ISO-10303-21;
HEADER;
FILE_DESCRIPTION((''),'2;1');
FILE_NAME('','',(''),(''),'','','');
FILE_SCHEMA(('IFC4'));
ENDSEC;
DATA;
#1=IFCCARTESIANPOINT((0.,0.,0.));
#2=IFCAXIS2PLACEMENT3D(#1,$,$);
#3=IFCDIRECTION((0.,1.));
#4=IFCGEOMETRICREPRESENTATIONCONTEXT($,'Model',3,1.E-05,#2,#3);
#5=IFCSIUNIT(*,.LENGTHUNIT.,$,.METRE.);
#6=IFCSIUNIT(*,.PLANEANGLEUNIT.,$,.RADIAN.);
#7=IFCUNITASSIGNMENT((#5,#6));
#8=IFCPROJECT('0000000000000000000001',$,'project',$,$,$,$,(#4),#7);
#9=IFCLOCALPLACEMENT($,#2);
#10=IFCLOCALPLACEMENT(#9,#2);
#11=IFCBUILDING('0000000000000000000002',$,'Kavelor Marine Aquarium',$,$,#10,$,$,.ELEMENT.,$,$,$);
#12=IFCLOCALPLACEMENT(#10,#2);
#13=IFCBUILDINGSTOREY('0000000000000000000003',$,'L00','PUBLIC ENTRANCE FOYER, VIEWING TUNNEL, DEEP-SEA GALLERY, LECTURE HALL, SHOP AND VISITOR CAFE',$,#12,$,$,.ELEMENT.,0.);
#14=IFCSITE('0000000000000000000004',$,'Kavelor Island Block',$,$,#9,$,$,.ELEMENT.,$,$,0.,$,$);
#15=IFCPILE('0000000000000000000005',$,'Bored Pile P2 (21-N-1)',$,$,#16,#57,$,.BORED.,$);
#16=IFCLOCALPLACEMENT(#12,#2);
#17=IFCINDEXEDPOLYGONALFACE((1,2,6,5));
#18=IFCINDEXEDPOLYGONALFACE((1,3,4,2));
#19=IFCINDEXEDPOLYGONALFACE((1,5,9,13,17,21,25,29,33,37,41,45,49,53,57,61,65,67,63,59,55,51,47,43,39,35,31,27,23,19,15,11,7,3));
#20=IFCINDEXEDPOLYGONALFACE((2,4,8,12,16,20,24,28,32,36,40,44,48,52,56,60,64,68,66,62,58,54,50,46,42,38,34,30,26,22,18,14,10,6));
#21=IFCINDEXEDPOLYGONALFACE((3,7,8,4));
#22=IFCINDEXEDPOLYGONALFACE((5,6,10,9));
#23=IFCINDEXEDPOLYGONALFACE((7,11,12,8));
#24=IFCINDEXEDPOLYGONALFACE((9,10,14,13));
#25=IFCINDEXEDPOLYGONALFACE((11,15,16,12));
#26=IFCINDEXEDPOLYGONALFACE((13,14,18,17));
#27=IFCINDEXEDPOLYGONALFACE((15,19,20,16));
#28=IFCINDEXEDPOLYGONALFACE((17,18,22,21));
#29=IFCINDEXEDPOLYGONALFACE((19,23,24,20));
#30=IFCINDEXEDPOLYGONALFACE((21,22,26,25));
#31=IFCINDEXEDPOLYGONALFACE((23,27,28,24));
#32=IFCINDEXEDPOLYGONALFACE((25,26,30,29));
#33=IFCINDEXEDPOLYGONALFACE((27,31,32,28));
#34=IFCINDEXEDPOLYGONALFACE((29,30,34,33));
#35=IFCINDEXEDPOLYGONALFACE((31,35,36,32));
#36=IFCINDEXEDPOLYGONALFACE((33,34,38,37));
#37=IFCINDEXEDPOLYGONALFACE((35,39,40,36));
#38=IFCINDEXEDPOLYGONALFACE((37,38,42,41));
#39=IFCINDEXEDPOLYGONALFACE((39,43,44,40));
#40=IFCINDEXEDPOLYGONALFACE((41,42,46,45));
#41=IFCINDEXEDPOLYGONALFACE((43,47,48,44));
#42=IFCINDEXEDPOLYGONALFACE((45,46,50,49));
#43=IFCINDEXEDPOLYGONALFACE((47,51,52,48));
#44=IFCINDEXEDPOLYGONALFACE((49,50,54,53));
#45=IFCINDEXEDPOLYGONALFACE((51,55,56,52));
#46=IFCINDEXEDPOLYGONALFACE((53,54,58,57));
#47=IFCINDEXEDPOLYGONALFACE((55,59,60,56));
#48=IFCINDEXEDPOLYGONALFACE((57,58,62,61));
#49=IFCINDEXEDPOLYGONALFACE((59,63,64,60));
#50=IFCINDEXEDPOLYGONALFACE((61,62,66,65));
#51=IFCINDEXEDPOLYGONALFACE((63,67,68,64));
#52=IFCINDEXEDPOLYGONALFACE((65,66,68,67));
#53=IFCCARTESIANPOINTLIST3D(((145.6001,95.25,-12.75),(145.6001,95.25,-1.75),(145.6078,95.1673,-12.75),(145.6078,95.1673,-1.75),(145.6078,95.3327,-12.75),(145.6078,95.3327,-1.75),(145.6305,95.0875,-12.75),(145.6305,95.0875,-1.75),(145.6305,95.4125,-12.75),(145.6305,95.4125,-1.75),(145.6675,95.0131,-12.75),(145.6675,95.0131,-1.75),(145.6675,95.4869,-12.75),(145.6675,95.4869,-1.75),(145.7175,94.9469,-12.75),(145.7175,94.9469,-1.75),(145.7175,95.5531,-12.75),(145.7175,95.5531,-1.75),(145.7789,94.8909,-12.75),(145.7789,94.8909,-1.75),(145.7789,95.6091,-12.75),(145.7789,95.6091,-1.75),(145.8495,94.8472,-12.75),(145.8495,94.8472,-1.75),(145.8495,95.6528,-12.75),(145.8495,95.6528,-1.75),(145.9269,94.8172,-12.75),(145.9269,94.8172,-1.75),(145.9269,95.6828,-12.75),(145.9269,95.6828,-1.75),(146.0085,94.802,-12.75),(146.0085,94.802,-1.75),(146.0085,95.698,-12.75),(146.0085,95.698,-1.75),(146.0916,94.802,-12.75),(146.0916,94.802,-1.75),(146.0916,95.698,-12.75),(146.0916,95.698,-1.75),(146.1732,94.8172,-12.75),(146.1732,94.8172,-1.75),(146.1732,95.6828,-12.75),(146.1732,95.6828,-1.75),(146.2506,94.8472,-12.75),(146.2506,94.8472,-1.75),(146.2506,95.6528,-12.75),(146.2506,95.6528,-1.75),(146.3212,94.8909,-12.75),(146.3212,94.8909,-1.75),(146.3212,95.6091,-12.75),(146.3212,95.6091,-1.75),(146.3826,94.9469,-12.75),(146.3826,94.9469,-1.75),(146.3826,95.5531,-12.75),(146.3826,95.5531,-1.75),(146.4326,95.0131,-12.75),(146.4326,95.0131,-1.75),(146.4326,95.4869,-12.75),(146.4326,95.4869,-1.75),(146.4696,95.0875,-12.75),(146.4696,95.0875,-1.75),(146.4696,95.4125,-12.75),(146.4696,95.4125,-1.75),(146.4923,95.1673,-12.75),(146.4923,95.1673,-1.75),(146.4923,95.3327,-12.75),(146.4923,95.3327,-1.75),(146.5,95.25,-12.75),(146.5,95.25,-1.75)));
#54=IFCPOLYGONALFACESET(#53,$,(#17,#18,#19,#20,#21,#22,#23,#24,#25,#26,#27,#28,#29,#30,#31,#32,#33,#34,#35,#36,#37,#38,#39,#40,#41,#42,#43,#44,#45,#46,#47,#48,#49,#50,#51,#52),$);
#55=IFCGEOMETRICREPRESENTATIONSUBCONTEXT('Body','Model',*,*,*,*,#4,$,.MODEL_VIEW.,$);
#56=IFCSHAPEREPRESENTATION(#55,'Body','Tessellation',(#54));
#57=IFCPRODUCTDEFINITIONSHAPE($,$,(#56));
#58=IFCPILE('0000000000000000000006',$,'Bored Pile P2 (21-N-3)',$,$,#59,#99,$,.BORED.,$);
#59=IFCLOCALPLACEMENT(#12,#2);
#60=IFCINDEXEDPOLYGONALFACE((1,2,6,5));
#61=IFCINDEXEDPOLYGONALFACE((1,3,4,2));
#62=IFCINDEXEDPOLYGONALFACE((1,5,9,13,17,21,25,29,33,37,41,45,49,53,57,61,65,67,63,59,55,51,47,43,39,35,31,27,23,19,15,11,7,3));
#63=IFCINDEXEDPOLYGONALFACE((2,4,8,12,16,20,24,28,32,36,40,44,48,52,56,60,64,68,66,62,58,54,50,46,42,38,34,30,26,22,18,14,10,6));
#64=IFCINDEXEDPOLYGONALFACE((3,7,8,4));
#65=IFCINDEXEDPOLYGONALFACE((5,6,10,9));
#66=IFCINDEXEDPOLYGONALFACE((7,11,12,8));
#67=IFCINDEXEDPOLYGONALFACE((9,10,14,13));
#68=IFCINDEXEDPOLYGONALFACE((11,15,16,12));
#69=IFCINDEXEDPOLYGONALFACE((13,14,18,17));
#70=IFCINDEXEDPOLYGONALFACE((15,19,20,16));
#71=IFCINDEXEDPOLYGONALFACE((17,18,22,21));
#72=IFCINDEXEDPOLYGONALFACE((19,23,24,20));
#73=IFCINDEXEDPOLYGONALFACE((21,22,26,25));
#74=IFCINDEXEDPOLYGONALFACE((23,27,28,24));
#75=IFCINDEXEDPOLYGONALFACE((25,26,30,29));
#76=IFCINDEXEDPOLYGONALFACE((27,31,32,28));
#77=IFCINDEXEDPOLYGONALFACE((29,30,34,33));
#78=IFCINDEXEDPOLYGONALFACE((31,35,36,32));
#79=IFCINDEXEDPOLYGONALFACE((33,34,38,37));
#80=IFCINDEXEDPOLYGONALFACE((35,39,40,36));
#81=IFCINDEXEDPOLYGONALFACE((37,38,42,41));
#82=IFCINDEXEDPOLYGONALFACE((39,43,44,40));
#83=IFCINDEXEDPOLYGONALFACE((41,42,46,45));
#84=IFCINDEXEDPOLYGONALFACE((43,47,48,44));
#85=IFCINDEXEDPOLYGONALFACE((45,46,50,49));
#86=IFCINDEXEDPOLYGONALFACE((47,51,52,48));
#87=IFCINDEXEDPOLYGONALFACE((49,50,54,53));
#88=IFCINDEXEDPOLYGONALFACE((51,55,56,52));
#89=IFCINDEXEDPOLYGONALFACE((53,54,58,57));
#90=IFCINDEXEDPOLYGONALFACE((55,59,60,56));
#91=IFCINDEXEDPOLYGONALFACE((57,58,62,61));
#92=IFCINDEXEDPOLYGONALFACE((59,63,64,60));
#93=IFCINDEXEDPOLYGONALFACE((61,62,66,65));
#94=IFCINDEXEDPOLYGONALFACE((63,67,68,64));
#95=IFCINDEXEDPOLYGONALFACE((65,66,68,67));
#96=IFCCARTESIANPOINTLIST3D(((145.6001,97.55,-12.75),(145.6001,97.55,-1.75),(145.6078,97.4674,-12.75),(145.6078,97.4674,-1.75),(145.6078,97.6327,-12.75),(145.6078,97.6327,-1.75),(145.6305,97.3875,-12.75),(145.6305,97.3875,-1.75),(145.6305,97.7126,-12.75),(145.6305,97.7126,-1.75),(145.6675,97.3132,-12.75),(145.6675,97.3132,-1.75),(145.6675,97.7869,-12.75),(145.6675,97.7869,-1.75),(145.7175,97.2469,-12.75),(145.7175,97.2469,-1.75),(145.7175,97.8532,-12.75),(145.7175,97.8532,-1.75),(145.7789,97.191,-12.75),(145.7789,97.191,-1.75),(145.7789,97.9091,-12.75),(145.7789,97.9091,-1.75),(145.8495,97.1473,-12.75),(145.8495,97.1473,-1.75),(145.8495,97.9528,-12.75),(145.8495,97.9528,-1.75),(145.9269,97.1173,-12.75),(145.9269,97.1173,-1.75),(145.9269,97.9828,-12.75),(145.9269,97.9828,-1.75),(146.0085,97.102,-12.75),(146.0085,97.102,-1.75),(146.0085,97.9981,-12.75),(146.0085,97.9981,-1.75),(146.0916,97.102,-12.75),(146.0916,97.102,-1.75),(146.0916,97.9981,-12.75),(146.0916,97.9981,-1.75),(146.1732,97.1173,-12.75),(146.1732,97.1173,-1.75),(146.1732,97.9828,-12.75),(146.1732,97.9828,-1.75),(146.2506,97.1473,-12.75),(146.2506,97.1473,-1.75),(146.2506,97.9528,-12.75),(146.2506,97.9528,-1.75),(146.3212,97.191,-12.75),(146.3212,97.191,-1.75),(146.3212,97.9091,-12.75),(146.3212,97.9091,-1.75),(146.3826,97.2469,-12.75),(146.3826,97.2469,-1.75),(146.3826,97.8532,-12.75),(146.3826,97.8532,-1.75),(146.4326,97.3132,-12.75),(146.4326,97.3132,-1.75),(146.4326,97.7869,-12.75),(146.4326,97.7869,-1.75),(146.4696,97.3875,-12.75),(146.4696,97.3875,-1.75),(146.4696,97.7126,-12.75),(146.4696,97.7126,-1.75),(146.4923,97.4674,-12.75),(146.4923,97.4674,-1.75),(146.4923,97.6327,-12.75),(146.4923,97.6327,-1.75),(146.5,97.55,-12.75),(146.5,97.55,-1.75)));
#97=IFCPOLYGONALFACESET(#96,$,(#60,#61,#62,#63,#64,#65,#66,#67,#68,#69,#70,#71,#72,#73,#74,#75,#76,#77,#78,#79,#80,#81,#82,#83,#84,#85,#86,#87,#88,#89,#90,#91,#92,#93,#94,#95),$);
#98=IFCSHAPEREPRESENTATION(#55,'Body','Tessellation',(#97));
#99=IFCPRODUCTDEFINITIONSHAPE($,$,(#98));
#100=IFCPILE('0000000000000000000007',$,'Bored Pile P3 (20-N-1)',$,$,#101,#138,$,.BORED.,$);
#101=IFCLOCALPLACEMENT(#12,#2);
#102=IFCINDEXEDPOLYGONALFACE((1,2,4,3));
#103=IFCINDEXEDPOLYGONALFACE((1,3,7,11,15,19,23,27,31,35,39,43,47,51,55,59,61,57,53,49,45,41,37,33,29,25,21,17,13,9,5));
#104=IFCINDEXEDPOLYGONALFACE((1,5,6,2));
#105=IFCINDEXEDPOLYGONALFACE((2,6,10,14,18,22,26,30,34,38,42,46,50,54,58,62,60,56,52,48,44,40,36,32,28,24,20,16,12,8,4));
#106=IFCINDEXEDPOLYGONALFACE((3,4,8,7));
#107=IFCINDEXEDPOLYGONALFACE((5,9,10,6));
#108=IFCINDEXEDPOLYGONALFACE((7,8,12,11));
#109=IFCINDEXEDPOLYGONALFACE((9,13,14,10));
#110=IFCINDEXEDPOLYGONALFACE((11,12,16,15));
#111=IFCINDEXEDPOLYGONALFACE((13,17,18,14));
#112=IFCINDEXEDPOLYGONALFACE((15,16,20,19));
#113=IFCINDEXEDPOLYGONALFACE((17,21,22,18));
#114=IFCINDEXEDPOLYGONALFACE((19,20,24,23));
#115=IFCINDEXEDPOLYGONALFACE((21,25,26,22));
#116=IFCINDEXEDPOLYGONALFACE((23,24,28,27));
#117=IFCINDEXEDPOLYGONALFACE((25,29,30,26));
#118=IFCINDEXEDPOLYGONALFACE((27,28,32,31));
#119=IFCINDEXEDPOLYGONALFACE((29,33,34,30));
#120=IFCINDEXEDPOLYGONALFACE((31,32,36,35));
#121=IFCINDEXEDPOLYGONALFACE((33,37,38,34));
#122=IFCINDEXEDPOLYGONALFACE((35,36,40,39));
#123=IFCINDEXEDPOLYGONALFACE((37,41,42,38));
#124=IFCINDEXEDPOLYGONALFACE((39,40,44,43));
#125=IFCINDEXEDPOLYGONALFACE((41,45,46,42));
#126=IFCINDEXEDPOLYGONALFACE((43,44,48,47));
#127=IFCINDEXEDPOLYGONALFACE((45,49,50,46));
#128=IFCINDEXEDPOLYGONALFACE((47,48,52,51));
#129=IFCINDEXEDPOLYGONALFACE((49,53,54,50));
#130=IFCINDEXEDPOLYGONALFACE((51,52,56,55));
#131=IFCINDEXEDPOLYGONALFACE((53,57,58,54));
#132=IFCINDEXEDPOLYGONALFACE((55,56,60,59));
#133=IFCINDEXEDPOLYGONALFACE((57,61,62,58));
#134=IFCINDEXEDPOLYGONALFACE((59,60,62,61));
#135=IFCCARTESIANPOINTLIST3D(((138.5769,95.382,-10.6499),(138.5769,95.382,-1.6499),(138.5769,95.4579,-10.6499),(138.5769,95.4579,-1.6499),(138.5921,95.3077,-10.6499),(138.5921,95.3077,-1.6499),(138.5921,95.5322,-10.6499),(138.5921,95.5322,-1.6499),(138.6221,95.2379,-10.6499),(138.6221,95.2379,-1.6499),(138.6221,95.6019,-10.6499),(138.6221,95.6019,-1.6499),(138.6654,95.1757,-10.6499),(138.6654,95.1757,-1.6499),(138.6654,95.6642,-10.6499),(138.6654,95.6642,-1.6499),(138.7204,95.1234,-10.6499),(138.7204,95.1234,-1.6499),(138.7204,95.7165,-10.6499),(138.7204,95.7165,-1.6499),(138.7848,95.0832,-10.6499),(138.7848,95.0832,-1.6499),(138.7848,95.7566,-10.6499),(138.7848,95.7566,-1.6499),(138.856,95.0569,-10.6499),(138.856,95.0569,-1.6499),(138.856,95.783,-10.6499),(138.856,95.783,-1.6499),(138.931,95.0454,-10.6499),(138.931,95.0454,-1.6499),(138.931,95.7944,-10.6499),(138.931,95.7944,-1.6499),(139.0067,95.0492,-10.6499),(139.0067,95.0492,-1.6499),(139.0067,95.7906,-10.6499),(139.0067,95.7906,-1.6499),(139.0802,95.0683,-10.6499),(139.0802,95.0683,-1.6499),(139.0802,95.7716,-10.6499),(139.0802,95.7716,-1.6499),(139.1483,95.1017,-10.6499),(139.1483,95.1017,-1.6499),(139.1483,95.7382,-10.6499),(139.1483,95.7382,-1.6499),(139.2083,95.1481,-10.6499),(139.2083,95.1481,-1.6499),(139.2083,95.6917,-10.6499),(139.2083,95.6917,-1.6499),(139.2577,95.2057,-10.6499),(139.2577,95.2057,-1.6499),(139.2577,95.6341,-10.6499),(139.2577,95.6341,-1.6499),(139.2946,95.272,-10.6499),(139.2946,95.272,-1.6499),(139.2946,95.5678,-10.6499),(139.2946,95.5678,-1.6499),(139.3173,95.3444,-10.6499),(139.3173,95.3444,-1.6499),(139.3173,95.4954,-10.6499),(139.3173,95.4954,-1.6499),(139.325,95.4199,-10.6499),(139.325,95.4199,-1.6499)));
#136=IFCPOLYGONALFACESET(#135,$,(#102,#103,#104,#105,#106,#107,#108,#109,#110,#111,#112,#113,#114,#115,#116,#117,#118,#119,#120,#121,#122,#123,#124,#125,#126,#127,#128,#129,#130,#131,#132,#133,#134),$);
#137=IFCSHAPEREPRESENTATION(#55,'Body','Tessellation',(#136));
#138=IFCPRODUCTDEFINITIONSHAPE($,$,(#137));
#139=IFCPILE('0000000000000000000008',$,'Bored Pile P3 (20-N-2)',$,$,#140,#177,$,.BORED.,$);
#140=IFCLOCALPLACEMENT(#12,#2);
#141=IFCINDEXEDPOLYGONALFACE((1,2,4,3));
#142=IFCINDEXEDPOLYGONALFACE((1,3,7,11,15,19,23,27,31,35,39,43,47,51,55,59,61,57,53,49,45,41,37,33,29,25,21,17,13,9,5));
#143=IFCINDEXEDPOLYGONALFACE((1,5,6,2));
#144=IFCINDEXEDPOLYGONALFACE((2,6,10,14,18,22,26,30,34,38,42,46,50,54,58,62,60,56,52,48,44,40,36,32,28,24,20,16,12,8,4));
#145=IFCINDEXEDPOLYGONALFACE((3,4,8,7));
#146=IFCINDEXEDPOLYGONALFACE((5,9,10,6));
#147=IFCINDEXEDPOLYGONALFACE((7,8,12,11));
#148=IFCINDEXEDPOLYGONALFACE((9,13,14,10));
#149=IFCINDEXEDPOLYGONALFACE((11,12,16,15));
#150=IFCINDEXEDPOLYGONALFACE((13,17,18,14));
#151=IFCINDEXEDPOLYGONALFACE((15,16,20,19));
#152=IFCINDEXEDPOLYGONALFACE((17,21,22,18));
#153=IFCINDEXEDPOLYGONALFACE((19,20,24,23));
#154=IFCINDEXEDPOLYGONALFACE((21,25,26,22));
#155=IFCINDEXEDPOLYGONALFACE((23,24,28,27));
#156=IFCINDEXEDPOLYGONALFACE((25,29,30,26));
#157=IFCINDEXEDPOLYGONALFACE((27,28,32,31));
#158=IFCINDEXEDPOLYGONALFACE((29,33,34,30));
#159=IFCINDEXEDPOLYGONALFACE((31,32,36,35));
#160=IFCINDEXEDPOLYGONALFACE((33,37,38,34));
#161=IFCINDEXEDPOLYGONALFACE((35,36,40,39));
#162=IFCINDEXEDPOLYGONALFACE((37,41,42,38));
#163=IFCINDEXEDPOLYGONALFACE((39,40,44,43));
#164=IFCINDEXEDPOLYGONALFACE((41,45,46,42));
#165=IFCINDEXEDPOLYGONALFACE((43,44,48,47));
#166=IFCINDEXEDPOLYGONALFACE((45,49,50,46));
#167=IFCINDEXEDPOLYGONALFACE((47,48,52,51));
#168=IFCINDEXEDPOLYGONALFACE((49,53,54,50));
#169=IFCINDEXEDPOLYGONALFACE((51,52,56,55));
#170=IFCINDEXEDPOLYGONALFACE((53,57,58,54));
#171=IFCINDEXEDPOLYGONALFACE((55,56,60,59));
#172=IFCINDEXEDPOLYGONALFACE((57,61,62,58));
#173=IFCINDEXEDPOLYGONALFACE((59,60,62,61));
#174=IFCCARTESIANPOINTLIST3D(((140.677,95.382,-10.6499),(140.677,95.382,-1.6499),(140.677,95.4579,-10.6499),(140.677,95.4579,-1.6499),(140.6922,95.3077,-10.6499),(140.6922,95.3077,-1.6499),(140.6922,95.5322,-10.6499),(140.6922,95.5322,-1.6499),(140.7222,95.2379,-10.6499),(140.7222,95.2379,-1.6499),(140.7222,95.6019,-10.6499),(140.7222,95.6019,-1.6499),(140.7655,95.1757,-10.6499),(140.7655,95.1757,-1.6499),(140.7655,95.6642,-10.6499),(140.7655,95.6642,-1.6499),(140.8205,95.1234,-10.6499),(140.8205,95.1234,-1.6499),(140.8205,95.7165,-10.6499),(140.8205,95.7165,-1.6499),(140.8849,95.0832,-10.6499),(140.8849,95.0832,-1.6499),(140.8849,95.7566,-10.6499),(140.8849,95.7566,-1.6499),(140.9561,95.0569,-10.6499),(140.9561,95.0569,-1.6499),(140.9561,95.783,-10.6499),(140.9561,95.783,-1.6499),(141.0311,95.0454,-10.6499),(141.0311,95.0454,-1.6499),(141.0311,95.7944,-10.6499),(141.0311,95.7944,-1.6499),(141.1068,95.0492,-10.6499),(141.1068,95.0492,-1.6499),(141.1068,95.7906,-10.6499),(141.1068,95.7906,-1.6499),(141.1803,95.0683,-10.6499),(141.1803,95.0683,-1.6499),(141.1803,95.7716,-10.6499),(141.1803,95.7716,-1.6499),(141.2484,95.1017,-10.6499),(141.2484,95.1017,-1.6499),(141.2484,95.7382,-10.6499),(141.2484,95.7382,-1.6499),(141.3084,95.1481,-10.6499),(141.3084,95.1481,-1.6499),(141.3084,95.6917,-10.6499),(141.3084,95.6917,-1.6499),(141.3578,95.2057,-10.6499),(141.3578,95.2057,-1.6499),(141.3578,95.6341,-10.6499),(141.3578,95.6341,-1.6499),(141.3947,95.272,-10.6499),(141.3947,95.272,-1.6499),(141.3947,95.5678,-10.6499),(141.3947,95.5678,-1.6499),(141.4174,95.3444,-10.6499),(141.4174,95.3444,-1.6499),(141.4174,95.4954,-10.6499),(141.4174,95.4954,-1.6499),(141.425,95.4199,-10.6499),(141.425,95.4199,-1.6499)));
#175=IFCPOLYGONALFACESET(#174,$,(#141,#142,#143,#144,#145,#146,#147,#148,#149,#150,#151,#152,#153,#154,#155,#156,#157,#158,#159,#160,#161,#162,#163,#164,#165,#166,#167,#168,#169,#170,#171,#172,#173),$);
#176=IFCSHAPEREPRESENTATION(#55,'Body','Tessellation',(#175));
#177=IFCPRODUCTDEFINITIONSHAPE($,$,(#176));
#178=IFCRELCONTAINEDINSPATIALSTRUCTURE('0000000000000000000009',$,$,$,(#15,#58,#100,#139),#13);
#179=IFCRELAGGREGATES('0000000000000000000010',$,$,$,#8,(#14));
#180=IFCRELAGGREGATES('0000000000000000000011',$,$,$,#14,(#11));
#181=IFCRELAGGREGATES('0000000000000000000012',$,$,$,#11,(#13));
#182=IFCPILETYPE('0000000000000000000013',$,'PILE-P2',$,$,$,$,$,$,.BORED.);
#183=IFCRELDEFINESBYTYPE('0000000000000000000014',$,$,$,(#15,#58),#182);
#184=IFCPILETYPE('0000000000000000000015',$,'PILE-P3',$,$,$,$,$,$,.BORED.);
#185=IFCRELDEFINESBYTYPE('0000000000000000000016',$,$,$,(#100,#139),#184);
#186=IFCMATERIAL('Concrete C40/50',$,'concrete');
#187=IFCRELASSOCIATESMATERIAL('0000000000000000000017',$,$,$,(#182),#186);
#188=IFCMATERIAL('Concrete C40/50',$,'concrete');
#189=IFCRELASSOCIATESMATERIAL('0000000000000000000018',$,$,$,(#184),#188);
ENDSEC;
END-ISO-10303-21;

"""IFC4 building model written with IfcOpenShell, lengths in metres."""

from ifc_helpers import new_model, si_unit, direction, frame, origin, origin_2d, place, context, subcontext, project, spatial, circle, extrude, material, material_profile, profile_set, type_object, element, save


model = new_model("IFC4")

# Units and contexts
model_context = context("Model", 3, precision=1e-05, world=origin(), true_north=direction((0.0, 1.0)))
body_context = subcontext(model_context, "Body", "Model", "MODEL_VIEW")
ifc_project = project(units=[si_unit("LENGTHUNIT", "METRE"), si_unit("PLANEANGLEUNIT", "RADIAN")], contexts=[model_context])

# Site, building, storey
site_placement = place(None, origin())
site = spatial("IfcSite", under=ifc_project, at=site_placement, Name="Kavelor Island Block", CompositionType="ELEMENT", RefElevation=0.0)
building_placement = place(site_placement, origin())
building = spatial("IfcBuilding", under=site, at=building_placement, Name="Kavelor Marine Aquarium", CompositionType="ELEMENT")
storey_placement = place(building_placement, origin())
storey = spatial("IfcBuildingStorey", under=building, at=storey_placement, Name="L00", Description="PUBLIC ENTRANCE FOYER, VIEWING TUNNEL, DEEP-SEA GALLERY, LECTURE HALL, SHOP AND VISITOR CAFE", CompositionType="ELEMENT", Elevation=0.0)

# Piles
ifc_material_1 = material(Name="Concrete C40/50", Category="concrete")
ifc_material_profile_1 = material_profile(ifc_material_1, circle(Radius=0.45, at=origin_2d()), Name="PILE D900")
ifc_profile_set_1 = profile_set([ifc_material_profile_1], Name="Concrete C40/50")
pile_type_1 = type_object("IfcPileType", Name="PILE-P2", PredefinedType="BORED", material=ifc_profile_set_1)
for number, where, z_axis, x_axis, name in (
    (1, (146.05, 95.25, -1.75), (0.0, 0.0, -1.0), (1.0, 0.0, 0.0), "Bored Pile P2 (21-N-1)"),
    (2, (146.05, 97.55, -1.75), (0.0, 0.0, -1.0), (1.0, 0.0, 0.0), "Bored Pile P2 (21-N-3)"),
):
    element("IfcPile", number, at=place(storey_placement, frame(where, z_axis=z_axis, x_axis=x_axis)), inside=storey, type_object=pile_type_1, Name=name, PredefinedType="BORED", context=body_context, shape_type="SweptSolid", body=[
        extrude(circle(Radius=0.45, at=origin_2d()), origin(), (0.0, 0.0, 1.0), 11.0),
    ])
ifc_material_2 = material(Name="Concrete C40/50", Category="concrete")
ifc_material_profile_2 = material_profile(ifc_material_2, circle(Radius=0.375, at=origin_2d()), Name="PILE D750")
ifc_profile_set_2 = profile_set([ifc_material_profile_2], Name="Concrete C40/50")
pile_type_2 = type_object("IfcPileType", Name="PILE-P3", PredefinedType="BORED", material=ifc_profile_set_2)
for number, where, z_axis, x_axis, name in (
    (3, (138.95, 95.4199, -1.6499), (0.0, 0.0, -1.0), (1.0, 0.0, 0.0), "Bored Pile P3 (20-N-1)"),
    (4, (141.05, 95.4199, -1.6499), (0.0, 0.0, -1.0), (1.0, 0.0, 0.0), "Bored Pile P3 (20-N-2)"),
):
    element("IfcPile", number, at=place(storey_placement, frame(where, z_axis=z_axis, x_axis=x_axis)), inside=storey, type_object=pile_type_2, Name=name, PredefinedType="BORED", context=body_context, shape_type="SweptSolid", body=[
        extrude(circle(Radius=0.375, at=origin_2d()), origin(), (0.0, 0.0, 1.0), 9.0),
    ])

save(model, "model.ifc")
